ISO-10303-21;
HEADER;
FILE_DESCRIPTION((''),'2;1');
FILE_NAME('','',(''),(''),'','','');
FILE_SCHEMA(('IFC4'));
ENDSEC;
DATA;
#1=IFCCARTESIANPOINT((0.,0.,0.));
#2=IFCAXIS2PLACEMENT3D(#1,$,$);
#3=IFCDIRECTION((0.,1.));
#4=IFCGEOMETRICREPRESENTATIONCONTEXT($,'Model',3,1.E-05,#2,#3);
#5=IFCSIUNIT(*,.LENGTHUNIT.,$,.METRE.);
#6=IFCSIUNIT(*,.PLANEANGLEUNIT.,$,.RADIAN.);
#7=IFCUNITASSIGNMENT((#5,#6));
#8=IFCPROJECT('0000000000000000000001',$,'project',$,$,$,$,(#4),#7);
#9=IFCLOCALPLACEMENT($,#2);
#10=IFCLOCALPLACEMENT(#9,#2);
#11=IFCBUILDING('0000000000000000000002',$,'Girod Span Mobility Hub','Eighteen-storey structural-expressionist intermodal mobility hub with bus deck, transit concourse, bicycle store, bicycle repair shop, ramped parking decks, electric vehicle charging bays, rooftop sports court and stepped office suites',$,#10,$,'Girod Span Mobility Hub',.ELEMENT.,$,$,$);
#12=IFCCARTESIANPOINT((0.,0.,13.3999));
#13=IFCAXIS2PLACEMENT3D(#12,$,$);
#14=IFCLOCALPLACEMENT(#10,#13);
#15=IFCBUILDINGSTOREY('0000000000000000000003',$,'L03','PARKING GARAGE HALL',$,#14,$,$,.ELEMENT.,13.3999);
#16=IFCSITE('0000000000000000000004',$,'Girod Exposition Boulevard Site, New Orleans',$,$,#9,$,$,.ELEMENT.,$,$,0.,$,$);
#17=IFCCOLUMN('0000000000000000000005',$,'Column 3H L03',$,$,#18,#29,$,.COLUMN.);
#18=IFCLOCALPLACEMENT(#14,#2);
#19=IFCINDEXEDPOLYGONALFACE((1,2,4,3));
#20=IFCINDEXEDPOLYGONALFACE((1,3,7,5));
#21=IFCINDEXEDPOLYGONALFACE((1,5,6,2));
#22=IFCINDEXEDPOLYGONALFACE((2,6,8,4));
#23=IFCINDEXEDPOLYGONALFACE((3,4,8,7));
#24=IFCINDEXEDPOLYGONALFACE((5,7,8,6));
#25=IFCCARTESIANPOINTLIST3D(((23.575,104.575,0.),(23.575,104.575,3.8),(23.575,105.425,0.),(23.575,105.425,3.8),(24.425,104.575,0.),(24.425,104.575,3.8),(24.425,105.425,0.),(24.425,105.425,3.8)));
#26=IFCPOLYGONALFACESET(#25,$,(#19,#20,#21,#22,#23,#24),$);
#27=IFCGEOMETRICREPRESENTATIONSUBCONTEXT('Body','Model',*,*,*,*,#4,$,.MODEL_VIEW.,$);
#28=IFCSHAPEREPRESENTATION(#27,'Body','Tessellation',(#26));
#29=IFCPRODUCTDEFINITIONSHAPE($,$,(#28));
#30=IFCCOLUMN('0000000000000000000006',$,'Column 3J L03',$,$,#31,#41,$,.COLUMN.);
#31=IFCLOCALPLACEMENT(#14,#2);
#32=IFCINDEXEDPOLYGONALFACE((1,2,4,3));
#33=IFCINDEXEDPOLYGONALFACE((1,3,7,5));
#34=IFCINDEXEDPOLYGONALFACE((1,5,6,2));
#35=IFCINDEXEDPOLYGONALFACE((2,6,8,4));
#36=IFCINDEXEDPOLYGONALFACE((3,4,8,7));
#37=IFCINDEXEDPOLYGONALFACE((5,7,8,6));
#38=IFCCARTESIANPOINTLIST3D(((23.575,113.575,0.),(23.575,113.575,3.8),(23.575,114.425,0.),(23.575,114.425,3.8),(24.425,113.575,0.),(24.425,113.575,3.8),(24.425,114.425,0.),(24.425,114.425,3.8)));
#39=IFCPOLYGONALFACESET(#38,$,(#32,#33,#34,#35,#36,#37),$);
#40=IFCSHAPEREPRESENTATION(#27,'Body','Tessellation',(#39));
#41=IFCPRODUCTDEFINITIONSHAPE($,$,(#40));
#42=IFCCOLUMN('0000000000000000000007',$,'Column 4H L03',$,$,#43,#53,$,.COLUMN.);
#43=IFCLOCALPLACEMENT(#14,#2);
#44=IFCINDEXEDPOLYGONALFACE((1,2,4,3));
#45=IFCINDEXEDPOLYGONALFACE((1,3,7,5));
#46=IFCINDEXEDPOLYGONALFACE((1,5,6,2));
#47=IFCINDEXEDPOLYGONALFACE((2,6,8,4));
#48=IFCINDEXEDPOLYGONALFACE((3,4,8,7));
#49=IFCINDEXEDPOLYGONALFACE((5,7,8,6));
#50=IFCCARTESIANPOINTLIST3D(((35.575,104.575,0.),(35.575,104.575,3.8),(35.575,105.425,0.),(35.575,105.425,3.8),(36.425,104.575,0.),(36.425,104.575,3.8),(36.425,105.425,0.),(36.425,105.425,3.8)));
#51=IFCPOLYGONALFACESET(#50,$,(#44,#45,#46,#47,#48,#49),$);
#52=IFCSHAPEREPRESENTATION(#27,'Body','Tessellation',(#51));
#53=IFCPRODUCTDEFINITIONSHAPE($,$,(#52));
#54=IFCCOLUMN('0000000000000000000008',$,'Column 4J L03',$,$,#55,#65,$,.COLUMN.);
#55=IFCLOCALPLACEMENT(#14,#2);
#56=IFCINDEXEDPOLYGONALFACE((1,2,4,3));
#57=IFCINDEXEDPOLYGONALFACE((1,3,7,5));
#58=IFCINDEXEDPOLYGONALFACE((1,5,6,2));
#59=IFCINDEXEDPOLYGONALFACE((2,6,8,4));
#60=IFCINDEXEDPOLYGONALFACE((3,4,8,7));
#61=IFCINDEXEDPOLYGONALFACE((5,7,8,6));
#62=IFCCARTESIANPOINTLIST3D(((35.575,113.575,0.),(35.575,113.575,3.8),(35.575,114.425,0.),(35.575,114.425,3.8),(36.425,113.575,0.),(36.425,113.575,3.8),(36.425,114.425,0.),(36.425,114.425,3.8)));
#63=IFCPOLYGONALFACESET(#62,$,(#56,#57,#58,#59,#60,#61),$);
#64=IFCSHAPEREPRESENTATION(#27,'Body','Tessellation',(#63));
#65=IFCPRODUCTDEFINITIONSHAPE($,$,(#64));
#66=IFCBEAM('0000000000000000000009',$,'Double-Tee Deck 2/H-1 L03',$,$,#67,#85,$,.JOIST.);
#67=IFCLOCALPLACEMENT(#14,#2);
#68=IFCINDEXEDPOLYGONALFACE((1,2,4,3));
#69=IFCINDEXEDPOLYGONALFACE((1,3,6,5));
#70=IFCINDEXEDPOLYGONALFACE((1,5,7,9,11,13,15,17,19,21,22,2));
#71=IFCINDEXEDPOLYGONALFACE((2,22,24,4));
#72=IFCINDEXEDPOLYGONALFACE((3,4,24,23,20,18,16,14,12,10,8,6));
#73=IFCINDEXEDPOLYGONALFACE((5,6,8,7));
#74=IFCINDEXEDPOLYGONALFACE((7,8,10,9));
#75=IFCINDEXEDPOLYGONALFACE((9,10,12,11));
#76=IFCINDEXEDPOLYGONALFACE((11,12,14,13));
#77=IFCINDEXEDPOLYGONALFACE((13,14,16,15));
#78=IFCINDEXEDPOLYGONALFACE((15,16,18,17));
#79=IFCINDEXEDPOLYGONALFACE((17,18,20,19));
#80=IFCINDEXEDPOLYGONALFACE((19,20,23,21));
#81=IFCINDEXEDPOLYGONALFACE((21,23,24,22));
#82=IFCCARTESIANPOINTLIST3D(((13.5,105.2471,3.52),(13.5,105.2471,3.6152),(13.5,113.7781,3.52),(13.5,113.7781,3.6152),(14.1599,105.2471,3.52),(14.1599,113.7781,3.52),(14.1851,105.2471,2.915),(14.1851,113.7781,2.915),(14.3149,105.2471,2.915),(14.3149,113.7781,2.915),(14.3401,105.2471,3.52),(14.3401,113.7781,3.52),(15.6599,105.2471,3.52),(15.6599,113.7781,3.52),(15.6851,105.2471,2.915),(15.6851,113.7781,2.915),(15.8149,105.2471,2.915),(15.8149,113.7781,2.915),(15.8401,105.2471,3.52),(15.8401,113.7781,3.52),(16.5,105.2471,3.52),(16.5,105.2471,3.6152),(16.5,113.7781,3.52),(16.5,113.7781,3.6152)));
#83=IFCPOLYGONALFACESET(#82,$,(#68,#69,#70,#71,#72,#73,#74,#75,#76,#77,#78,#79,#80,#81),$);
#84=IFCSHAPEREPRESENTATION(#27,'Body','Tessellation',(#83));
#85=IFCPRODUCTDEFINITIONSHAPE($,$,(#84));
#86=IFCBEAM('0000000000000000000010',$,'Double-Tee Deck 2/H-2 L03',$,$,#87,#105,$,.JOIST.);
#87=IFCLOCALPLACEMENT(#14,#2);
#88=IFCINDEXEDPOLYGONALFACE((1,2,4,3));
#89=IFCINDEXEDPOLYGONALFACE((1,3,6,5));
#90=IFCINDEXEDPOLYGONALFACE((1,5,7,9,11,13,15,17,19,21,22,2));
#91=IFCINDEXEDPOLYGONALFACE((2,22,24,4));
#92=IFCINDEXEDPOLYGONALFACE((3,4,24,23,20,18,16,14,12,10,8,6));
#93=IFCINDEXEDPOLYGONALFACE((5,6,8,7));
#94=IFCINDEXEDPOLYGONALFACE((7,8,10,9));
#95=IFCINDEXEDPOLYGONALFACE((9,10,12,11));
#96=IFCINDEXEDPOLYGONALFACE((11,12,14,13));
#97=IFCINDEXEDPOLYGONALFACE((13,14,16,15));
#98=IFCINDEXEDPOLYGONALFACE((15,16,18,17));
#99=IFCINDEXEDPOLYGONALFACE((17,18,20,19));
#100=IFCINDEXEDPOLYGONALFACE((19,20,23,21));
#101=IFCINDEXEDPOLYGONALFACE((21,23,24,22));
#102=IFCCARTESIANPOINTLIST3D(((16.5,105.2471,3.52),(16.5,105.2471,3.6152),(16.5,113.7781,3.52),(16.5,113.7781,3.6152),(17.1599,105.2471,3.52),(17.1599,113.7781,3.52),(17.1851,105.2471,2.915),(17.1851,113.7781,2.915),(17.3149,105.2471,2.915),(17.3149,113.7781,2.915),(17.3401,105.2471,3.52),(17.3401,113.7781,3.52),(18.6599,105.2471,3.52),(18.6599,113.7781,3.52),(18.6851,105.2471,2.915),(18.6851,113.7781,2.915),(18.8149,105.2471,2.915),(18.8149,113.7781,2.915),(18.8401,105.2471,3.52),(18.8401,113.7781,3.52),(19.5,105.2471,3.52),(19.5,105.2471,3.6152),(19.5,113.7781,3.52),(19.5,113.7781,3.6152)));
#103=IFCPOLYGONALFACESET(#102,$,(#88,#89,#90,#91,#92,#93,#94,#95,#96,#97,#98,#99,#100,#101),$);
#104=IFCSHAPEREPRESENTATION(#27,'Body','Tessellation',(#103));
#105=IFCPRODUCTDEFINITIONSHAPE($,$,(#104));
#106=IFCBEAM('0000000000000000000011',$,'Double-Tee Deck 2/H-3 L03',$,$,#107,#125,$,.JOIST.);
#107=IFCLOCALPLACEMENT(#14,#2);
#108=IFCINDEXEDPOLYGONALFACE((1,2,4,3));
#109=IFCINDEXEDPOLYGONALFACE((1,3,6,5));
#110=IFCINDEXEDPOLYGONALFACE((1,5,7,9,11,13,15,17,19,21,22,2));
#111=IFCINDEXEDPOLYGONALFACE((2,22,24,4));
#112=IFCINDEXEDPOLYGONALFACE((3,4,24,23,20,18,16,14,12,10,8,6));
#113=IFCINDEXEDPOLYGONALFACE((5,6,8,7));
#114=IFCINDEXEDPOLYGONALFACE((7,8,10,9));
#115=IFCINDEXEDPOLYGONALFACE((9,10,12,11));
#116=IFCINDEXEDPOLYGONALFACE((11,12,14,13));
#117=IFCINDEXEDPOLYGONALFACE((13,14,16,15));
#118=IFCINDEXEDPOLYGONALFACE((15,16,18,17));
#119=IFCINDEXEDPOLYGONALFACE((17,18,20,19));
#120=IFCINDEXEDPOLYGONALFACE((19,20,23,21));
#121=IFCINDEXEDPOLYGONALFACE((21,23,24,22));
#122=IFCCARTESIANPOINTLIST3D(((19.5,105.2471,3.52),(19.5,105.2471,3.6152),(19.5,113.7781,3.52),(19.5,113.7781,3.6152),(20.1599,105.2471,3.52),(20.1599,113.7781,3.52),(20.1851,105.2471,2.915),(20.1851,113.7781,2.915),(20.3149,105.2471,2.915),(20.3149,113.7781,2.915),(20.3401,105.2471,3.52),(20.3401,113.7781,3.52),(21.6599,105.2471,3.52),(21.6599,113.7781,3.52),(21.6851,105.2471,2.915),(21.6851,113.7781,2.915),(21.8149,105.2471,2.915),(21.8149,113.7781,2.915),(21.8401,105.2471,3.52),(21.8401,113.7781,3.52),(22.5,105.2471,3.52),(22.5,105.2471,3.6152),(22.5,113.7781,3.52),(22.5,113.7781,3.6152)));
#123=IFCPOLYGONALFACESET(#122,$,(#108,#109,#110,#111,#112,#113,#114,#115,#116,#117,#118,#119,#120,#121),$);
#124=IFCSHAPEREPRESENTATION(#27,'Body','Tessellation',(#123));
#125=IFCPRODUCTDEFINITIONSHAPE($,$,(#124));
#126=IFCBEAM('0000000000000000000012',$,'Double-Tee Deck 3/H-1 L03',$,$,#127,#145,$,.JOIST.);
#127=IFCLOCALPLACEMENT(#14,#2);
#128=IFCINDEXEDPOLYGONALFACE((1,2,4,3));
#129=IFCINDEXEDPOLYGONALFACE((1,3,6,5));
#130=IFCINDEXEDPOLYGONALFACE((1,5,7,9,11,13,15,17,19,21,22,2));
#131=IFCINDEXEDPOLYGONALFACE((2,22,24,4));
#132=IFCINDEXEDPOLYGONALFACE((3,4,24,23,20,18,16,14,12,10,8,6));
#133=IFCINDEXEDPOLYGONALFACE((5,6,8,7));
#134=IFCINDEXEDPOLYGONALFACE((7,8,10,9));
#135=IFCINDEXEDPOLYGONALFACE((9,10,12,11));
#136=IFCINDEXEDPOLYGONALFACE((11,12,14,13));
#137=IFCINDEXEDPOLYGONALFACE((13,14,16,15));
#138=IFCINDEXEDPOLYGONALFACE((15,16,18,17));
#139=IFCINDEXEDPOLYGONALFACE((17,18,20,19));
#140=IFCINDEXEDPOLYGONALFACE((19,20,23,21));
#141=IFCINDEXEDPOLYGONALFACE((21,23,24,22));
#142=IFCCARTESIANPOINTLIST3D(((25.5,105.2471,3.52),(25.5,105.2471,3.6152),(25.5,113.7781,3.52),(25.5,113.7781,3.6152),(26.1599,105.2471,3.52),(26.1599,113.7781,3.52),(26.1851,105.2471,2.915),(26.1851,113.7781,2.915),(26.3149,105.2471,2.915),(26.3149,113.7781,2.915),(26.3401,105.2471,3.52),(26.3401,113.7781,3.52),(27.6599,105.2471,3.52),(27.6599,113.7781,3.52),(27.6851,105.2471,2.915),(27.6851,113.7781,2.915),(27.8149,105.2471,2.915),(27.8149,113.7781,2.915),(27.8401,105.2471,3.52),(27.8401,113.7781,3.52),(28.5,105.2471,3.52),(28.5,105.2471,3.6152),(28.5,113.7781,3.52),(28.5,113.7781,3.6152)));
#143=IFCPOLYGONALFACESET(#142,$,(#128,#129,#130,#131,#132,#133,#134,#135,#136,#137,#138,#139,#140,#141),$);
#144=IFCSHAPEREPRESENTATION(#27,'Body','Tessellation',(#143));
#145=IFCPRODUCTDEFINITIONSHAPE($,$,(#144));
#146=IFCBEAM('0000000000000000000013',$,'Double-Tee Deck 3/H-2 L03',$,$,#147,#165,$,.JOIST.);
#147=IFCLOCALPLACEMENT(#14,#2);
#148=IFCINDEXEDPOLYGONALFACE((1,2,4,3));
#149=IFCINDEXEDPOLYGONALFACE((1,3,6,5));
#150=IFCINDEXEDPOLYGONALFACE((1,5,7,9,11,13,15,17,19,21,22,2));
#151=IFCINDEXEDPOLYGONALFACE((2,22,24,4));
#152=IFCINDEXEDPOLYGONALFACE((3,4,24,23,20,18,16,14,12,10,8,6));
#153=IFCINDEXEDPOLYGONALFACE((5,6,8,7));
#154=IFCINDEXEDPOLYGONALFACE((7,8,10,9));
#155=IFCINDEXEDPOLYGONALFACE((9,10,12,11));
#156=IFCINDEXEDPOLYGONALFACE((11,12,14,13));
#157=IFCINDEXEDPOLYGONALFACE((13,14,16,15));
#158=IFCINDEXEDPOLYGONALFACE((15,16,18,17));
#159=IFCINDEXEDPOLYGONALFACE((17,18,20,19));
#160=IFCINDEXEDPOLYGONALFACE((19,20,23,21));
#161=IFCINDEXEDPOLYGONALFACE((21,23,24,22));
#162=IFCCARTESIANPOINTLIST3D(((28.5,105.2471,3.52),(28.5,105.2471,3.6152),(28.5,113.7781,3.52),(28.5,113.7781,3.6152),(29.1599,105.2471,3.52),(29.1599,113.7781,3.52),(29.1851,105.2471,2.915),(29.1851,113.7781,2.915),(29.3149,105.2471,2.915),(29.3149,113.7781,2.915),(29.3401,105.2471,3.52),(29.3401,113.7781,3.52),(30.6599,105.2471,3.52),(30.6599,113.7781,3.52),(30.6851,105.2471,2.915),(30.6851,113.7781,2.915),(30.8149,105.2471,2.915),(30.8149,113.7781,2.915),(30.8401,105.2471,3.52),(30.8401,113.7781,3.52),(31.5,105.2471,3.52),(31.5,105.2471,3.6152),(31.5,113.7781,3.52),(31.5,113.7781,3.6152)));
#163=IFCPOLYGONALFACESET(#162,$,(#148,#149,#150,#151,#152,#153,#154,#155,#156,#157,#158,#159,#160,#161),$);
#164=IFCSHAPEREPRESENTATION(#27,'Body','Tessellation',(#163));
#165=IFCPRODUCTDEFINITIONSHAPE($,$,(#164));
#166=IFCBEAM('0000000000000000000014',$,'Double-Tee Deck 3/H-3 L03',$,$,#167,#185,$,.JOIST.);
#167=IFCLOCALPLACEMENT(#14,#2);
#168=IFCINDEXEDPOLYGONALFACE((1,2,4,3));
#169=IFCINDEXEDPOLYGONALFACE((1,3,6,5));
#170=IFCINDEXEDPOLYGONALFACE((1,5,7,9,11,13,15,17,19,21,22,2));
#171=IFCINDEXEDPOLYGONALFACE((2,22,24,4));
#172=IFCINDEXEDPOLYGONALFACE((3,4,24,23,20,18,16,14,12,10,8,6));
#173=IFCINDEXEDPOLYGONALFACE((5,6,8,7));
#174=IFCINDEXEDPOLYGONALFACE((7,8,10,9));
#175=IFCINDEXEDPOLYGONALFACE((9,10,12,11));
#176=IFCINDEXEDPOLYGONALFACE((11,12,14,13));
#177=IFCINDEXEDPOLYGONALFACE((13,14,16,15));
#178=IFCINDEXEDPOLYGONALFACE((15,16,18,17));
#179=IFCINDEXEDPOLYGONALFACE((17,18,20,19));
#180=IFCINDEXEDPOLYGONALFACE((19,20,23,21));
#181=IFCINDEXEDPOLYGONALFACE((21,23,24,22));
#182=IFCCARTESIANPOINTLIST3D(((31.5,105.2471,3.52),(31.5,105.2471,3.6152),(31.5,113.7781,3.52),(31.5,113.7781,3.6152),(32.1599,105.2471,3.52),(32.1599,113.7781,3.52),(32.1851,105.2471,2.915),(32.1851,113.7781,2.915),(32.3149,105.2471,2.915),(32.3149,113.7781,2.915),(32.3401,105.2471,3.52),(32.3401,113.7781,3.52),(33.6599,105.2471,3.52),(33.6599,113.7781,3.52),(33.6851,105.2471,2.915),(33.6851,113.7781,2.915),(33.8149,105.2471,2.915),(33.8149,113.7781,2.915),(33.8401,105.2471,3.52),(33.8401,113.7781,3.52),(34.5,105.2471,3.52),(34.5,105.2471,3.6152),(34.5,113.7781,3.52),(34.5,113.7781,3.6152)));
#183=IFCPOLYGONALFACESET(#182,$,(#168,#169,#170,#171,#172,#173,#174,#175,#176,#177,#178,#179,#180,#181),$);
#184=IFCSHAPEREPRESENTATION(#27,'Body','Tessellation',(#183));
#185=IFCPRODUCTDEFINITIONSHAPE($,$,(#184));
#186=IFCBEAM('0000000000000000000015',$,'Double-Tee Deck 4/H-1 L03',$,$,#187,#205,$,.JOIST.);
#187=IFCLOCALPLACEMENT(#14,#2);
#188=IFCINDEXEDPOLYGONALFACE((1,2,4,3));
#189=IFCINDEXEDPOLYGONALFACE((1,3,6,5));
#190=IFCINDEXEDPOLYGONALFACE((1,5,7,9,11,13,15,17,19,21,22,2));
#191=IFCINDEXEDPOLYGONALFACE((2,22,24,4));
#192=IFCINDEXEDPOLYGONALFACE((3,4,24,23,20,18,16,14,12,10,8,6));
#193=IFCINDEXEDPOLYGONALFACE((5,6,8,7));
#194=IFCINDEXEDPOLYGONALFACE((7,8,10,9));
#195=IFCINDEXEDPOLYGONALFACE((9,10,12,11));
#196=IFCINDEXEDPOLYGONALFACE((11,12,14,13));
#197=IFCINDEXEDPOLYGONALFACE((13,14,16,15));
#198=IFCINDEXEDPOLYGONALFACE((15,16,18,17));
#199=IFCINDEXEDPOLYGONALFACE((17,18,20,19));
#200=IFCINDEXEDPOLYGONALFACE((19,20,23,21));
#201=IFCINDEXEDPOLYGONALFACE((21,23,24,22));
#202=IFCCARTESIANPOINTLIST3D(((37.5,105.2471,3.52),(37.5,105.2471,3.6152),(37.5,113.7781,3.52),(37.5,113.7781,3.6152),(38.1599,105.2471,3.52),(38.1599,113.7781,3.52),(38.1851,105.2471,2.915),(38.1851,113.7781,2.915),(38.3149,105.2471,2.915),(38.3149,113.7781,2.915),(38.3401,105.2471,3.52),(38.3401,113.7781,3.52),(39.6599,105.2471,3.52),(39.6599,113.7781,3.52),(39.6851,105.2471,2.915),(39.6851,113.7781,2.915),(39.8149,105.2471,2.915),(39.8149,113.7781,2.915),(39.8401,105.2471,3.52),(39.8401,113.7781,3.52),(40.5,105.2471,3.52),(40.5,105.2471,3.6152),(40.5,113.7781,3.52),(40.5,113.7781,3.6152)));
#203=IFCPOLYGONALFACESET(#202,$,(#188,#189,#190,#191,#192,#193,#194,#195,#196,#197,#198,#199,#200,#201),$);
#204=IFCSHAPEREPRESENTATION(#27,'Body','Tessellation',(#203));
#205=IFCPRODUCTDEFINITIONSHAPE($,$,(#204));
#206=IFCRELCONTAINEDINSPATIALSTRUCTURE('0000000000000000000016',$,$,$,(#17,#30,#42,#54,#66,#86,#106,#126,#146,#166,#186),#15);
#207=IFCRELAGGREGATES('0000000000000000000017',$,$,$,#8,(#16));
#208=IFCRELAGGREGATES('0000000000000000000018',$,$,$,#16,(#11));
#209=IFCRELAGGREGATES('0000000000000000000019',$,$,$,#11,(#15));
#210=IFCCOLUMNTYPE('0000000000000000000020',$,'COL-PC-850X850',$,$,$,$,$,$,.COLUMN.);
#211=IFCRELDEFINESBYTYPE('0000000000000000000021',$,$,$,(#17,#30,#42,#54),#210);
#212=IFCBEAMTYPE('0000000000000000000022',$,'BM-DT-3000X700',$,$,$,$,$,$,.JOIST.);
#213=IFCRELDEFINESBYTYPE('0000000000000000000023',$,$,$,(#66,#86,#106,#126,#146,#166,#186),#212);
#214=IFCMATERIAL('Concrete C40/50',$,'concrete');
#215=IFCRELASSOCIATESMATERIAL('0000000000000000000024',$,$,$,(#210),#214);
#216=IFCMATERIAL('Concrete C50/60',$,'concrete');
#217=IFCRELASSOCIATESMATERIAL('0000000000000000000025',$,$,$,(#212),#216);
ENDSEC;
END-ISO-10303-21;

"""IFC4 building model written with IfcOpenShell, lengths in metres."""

from ifc_helpers import new_model, si_unit, direction, frame, origin, origin_2d, place, context, subcontext, project, spatial, polyline, rectangle, outline, extrude, material, material_profile, profile_set, type_object, element, save


model = new_model("IFC4")

# Units and contexts
model_context = context("Model", 3, precision=1e-05, world=origin(), true_north=direction((0.0, 1.0)))
body_context = subcontext(model_context, "Body", "Model", "MODEL_VIEW")
ifc_project = project(units=[si_unit("LENGTHUNIT", "METRE"), si_unit("PLANEANGLEUNIT", "RADIAN")], contexts=[model_context])

# Site, building, storey
site_placement = place(None, origin())
site = spatial("IfcSite", under=ifc_project, at=site_placement, Name="Girod Exposition Boulevard Site, New Orleans", CompositionType="ELEMENT", RefElevation=0.0)
building_placement = place(site_placement, origin())
building = spatial("IfcBuilding", under=site, at=building_placement, Name="Girod Span Mobility Hub", Description="Eighteen-storey structural-expressionist intermodal mobility hub with bus deck, transit concourse, bicycle store, bicycle repair shop, ramped parking decks, electric vehicle charging bays, rooftop sports court and stepped office suites", LongName="Girod Span Mobility Hub", CompositionType="ELEMENT")
storey_placement = place(building_placement, frame((0.0, 0.0, 13.3999)))
storey = spatial("IfcBuildingStorey", under=building, at=storey_placement, Name="L03", Description="PARKING GARAGE HALL", CompositionType="ELEMENT", Elevation=13.3999)

# Columns
ifc_material_1 = material(Name="Concrete C40/50", Category="concrete")
ifc_material_profile_1 = material_profile(ifc_material_1, rectangle(XDim=0.8501, YDim=0.8501, at=origin_2d()), Name="PC-COL-850X850")
ifc_profile_set_1 = profile_set([ifc_material_profile_1], Name="Concrete C40/50")
column_type = type_object("IfcColumnType", Name="COL-PC-850X850", PredefinedType="COLUMN", material=ifc_profile_set_1)
for number, where, z_axis, x_axis, name in (
    (1, (24.0, 105.0, 0.0), (0.0, 0.0, 1.0), (1.0, 0.0, 0.0), "Column 3H L03"),
    (2, (24.0, 114.0, 0.0), (0.0, 0.0, 1.0), (1.0, 0.0, 0.0), "Column 3J L03"),
    (3, (36.0, 105.0, 0.0), (0.0, 0.0, 1.0), (1.0, 0.0, 0.0), "Column 4H L03"),
    (4, (36.0, 114.0, 0.0), (0.0, 0.0, 1.0), (1.0, 0.0, 0.0), "Column 4J L03"),
):
    element("IfcColumn", number, at=place(storey_placement, frame(where, z_axis=z_axis, x_axis=x_axis)), inside=storey, type_object=column_type, Name=name, PredefinedType="COLUMN", context=body_context, shape_type="SweptSolid", body=[
        extrude(rectangle(XDim=0.8501, YDim=0.8501, at=origin_2d()), origin(), (0.0, 0.0, 1.0), 3.8),
    ])

# Beams
ifc_material_2 = material(Name="Concrete C50/60", Category="concrete")
ifc_material_profile_2 = material_profile(ifc_material_2, outline(polyline([(-1.5, 0.3501), (-1.5, 0.2549), (-0.8401, 0.2549), (-0.8149, -0.3501), (-0.6851, -0.3501), (-0.6599, 0.2549), (0.6599, 0.2549), (0.6851, -0.3501), (0.8149, -0.3501), (0.8401, 0.2549), (1.5, 0.2549), (1.5, 0.3501), (-1.5, 0.3501)])), Name="DT-3000X700")
ifc_profile_set_2 = profile_set([ifc_material_profile_2], Name="Concrete C50/60")
beam_type_1 = type_object("IfcBeamType", Name="BM-DT-3000X700", PredefinedType="JOIST", material=ifc_profile_set_2)
for number, where, z_axis, x_axis, name in (
    (5, (15.0, 105.2471, 3.2651), (0.0, 1.0, 0.0), (-1.0, 0.0, 0.0), "Double-Tee Deck 2/H-1 L03"),
    (6, (18.0, 105.2471, 3.2651), (0.0, 1.0, 0.0), (-1.0, 0.0, 0.0), "Double-Tee Deck 2/H-2 L03"),
    (7, (21.0, 105.2471, 3.2651), (0.0, 1.0, 0.0), (-1.0, 0.0, 0.0), "Double-Tee Deck 2/H-3 L03"),
    (8, (27.0, 105.2471, 3.2651), (0.0, 1.0, 0.0), (-1.0, 0.0, 0.0), "Double-Tee Deck 3/H-1 L03"),
    (9, (30.0, 105.2471, 3.2651), (0.0, 1.0, 0.0), (-1.0, 0.0, 0.0), "Double-Tee Deck 3/H-2 L03"),
    (10, (33.0, 105.2471, 3.2651), (0.0, 1.0, 0.0), (-1.0, 0.0, 0.0), "Double-Tee Deck 3/H-3 L03"),
    (11, (39.0, 105.2471, 3.2651), (0.0, 1.0, 0.0), (-1.0, 0.0, 0.0), "Double-Tee Deck 4/H-1 L03"),
):
    element("IfcBeam", number, at=place(storey_placement, frame(where, z_axis=z_axis, x_axis=x_axis)), inside=storey, type_object=beam_type_1, Name=name, PredefinedType="JOIST", context=body_context, shape_type="SweptSolid", body=[
        extrude(outline(polyline([(-1.5, 0.3501), (-1.5, 0.2549), (-0.8401, 0.2549), (-0.8149, -0.3501), (-0.6851, -0.3501), (-0.6599, 0.2549), (0.6599, 0.2549), (0.6851, -0.3501), (0.8149, -0.3501), (0.8401, 0.2549), (1.5, 0.2549), (1.5, 0.3501), (-1.5, 0.3501)])), origin(), (0.0, 0.0, 1.0), 8.531),
    ])

save(model, "model.ifc")
